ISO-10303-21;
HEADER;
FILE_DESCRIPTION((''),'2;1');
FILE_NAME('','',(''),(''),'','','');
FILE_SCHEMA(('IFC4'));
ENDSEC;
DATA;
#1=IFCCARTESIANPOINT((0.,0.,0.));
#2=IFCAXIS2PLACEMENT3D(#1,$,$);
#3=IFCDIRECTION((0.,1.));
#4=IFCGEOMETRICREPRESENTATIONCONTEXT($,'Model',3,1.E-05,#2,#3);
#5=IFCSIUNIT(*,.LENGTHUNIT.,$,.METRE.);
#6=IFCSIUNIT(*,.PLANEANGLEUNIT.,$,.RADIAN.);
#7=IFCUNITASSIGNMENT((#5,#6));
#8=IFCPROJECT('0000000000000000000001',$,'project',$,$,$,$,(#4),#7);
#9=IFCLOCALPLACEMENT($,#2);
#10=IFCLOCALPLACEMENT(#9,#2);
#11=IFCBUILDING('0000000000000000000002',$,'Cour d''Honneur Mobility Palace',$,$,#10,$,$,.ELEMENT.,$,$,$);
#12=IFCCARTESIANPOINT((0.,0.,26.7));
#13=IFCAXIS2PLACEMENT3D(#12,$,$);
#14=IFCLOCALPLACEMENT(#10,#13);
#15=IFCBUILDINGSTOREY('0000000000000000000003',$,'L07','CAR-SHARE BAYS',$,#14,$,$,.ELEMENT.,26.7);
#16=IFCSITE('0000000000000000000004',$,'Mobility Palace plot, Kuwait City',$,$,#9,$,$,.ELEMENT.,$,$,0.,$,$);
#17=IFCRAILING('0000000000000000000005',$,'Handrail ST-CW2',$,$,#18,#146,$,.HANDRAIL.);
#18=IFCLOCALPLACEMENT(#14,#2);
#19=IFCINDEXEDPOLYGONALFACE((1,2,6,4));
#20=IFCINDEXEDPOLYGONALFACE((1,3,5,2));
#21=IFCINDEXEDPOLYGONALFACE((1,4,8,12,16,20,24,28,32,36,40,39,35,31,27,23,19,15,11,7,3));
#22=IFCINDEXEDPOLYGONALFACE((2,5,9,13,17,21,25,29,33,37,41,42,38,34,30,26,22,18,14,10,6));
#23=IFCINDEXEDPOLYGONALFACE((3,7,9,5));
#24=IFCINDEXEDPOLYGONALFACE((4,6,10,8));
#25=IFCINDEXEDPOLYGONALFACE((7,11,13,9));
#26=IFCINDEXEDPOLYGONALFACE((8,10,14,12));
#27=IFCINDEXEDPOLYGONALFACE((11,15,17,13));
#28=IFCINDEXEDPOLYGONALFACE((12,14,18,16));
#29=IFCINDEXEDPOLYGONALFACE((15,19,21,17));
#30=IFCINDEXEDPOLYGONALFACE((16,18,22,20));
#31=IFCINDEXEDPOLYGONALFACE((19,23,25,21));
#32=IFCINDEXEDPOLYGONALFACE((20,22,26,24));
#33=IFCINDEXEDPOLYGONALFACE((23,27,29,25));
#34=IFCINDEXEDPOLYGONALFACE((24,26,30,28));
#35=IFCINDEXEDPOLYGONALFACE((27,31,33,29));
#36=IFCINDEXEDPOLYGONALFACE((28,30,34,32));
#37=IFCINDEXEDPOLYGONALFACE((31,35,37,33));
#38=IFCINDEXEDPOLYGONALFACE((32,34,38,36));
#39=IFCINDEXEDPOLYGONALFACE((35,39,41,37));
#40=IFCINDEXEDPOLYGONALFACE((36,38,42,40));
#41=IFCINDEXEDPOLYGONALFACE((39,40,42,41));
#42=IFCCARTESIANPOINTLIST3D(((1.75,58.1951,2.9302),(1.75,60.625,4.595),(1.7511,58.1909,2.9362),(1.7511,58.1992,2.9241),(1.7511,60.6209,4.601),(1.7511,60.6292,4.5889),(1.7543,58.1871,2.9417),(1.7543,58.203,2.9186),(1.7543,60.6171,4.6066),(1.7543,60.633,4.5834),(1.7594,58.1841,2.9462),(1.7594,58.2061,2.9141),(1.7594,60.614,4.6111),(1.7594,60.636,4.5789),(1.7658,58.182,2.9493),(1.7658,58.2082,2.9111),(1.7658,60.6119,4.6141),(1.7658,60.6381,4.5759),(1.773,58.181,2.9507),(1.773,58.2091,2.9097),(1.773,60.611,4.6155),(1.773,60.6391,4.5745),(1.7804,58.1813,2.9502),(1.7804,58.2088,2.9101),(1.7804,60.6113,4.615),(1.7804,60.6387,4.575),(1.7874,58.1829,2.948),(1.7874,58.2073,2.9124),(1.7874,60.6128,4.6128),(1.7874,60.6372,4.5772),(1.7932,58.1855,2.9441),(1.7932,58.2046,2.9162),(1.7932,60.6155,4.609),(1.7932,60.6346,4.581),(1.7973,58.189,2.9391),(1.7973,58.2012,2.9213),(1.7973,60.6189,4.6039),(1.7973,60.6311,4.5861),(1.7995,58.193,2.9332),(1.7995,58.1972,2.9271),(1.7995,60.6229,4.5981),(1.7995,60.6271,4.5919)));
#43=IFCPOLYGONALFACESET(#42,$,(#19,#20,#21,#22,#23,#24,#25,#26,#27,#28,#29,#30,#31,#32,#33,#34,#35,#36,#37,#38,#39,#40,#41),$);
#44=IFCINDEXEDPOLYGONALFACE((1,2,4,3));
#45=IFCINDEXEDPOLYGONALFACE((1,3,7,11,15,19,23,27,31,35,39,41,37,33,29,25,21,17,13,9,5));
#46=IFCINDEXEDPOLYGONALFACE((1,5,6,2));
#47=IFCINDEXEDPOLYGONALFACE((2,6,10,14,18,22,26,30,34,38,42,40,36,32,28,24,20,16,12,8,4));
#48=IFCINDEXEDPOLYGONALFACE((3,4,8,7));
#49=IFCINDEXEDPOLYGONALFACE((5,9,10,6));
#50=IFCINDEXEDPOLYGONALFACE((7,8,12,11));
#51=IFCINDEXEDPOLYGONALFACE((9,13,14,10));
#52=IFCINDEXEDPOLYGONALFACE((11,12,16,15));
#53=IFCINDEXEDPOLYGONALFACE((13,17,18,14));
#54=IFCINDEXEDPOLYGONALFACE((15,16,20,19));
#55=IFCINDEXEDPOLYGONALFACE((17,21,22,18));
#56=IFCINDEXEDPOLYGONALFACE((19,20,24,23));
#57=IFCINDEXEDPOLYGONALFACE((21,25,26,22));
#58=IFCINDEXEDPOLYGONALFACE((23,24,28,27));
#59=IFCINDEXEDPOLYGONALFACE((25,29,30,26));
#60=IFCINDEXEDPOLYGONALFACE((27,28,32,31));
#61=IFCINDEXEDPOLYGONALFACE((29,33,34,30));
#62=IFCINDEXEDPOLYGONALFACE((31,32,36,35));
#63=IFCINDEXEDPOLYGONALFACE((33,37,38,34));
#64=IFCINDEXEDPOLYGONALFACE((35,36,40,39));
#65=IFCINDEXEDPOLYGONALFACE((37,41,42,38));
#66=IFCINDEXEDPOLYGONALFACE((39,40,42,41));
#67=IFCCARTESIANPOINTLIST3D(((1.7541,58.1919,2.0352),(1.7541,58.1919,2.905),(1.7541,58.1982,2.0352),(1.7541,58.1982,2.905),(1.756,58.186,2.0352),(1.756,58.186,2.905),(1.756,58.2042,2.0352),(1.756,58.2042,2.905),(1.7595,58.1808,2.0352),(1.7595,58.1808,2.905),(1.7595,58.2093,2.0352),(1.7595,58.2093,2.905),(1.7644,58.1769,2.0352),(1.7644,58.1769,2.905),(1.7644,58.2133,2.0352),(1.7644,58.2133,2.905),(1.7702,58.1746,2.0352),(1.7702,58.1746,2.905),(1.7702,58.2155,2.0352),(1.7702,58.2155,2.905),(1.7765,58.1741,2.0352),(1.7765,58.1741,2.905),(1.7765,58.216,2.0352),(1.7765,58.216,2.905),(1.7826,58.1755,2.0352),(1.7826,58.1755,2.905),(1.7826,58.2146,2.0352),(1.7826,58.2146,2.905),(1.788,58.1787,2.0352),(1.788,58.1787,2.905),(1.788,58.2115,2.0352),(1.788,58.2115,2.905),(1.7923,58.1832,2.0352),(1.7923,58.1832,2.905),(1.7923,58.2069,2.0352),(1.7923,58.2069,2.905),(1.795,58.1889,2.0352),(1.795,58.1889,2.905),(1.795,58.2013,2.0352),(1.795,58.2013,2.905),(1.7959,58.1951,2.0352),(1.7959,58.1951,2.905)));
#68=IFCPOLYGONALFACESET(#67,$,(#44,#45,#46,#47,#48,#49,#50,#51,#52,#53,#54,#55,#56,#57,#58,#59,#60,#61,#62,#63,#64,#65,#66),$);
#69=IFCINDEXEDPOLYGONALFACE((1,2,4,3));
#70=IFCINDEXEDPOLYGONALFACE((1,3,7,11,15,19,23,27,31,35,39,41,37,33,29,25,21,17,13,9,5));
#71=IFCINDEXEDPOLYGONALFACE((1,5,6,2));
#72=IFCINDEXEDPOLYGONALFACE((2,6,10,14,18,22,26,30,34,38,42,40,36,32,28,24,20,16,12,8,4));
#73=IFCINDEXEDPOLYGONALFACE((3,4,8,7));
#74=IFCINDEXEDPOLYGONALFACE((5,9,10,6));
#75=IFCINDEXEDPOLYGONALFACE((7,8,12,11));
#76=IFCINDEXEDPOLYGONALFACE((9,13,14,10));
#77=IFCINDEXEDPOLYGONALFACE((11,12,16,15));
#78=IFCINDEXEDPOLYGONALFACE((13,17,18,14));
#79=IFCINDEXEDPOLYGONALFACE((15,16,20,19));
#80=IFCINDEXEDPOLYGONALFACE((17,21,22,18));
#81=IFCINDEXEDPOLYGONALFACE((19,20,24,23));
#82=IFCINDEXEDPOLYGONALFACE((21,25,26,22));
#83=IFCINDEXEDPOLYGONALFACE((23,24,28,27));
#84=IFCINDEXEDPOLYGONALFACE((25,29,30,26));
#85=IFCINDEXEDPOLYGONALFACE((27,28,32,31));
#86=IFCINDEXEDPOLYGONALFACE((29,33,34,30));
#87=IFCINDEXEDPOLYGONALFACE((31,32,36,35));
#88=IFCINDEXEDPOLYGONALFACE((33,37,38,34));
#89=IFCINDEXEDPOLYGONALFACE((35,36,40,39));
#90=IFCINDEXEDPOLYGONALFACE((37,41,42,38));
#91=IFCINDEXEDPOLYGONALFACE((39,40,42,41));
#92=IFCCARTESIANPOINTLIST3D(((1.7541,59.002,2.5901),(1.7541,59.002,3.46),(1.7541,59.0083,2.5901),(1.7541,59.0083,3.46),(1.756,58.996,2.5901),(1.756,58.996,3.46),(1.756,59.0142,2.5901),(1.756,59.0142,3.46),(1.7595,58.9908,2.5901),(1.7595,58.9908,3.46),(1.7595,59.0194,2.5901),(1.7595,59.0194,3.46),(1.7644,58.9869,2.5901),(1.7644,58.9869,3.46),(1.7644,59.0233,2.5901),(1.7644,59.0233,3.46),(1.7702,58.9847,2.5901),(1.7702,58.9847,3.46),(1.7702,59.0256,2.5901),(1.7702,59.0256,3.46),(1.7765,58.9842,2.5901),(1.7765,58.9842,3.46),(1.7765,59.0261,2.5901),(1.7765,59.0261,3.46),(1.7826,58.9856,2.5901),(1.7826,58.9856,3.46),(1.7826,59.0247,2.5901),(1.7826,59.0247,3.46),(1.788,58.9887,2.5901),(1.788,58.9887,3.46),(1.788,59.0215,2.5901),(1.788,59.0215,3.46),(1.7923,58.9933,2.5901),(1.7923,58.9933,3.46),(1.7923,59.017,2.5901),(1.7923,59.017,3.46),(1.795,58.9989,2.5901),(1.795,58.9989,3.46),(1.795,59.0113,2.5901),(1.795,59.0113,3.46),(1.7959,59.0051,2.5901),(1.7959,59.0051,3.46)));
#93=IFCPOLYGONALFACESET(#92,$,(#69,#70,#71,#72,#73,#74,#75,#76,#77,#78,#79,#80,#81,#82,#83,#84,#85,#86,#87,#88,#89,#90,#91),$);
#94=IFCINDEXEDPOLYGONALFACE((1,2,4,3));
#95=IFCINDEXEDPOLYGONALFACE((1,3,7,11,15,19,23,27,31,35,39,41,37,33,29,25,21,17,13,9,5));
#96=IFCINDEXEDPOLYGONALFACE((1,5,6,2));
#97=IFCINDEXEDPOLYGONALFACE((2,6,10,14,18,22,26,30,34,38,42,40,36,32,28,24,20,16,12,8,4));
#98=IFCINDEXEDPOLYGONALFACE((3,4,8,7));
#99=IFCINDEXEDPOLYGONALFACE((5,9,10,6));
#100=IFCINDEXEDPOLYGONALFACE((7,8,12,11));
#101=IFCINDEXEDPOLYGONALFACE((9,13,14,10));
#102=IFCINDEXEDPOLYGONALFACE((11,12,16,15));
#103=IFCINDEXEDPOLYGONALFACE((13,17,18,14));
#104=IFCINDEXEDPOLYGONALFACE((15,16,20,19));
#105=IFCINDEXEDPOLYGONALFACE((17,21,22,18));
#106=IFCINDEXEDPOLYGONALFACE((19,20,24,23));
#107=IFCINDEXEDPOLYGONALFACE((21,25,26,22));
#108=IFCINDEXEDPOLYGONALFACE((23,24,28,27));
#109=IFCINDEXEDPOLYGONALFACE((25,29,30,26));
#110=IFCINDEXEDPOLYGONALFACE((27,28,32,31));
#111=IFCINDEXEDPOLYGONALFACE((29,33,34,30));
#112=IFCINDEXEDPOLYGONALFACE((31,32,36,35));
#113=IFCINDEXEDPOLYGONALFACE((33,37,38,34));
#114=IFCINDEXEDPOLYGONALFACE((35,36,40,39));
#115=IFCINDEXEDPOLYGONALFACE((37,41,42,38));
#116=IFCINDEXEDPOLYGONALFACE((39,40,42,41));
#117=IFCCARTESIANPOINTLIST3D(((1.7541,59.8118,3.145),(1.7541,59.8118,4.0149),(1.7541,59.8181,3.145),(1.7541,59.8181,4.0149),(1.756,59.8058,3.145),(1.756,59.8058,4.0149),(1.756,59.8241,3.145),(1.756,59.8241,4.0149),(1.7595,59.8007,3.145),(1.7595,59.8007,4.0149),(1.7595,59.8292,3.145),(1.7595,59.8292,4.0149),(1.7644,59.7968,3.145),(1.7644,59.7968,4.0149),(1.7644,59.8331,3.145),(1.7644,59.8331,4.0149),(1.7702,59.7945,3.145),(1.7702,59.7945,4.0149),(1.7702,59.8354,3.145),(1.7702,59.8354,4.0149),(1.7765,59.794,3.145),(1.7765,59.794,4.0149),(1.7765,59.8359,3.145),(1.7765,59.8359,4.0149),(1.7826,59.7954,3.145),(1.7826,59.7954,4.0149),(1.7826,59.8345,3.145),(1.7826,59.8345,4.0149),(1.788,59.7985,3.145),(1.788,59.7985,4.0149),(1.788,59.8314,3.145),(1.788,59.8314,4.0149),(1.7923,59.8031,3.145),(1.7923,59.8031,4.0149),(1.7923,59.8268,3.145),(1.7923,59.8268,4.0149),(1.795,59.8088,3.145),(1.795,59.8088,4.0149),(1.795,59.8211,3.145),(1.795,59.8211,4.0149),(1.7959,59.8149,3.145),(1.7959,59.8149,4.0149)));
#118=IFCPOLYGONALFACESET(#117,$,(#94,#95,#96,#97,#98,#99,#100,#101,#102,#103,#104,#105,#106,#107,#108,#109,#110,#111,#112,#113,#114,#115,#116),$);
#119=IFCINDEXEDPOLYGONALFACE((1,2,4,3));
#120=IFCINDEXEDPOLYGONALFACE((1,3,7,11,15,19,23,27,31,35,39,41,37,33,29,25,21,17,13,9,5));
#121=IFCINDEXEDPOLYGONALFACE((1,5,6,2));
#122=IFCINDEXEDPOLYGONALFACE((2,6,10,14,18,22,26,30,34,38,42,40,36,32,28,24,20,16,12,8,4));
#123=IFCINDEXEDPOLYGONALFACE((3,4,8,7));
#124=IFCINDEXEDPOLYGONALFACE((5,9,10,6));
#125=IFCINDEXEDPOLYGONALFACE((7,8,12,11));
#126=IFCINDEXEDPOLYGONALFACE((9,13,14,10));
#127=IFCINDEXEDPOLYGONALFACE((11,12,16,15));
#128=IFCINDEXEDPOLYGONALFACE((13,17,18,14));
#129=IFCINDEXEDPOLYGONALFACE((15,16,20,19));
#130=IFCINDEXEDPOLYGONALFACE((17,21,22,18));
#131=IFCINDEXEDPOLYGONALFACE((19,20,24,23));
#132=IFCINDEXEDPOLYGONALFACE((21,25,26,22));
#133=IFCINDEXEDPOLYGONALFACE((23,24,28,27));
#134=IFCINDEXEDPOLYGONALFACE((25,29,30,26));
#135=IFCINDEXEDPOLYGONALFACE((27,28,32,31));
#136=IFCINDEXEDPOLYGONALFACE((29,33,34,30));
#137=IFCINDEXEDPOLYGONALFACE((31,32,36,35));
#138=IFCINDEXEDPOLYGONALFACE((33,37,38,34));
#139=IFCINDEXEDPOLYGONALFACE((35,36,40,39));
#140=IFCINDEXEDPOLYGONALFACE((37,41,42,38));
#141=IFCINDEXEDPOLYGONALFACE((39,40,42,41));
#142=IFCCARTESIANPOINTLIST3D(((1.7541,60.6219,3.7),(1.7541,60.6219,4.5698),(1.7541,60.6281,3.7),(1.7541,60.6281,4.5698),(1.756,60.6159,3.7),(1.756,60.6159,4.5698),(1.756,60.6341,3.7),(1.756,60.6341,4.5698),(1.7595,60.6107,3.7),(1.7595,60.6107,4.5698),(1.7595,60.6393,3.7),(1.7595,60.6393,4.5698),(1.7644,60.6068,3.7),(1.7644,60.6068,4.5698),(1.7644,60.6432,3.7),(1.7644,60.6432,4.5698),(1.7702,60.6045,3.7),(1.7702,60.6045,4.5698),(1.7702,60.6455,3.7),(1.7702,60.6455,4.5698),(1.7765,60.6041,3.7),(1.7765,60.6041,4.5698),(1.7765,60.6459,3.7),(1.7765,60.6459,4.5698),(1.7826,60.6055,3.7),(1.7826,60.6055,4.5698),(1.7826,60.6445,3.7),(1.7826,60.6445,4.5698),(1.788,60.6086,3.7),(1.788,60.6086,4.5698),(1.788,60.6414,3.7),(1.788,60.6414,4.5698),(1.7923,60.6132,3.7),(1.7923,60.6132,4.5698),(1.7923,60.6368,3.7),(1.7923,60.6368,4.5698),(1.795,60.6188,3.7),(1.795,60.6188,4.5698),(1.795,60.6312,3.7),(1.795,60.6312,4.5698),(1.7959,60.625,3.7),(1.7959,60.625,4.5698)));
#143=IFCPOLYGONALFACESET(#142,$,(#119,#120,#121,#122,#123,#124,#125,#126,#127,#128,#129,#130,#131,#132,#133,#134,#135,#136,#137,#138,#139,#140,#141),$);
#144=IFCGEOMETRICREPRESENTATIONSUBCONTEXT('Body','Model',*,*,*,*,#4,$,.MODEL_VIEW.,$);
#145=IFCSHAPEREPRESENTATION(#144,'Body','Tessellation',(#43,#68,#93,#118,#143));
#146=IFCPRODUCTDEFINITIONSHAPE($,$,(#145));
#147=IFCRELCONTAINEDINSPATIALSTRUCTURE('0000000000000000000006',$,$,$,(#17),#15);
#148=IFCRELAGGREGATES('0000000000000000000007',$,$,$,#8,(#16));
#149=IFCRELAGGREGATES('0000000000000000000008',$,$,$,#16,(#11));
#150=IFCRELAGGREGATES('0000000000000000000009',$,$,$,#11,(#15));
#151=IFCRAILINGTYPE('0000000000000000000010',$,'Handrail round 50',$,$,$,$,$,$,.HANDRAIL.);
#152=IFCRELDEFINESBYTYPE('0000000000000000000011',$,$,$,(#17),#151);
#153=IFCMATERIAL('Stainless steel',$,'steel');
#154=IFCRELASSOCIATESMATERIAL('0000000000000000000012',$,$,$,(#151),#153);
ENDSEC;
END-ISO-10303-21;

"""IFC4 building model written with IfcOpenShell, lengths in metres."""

from ifc_helpers import new_model, si_unit, direction, frame, origin, origin_2d, place, context, subcontext, project, spatial, circle, extrude, material, type_object, element, save


model = new_model("IFC4")

# Units and contexts
model_context = context("Model", 3, precision=1e-05, world=origin(), true_north=direction((0.0, 1.0)))
body_context = subcontext(model_context, "Body", "Model", "MODEL_VIEW")
ifc_project = project(units=[si_unit("LENGTHUNIT", "METRE"), si_unit("PLANEANGLEUNIT", "RADIAN")], contexts=[model_context])

# Site, building, storey
site_placement = place(None, origin())
site = spatial("IfcSite", under=ifc_project, at=site_placement, Name="Mobility Palace plot, Kuwait City", CompositionType="ELEMENT", RefElevation=0.0)
building_placement = place(site_placement, origin())
building = spatial("IfcBuilding", under=site, at=building_placement, Name="Cour d'Honneur Mobility Palace", CompositionType="ELEMENT")
storey_placement = place(building_placement, frame((0.0, 0.0, 26.7)))
storey = spatial("IfcBuildingStorey", under=building, at=storey_placement, Name="L07", Description="CAR-SHARE BAYS", CompositionType="ELEMENT", Elevation=26.7)

# Railing
ifc_material_1 = material(Name="Stainless steel", Category="steel")
railing_type_1 = type_object("IfcRailingType", Name="Handrail round 50", PredefinedType="HANDRAIL", material=ifc_material_1)
railing_1_placement = place(storey_placement, frame((1.7749, 58.1951, 2.0352)))
element("IfcRailing", 1, at=railing_1_placement, inside=storey, type_object=railing_type_1, Name="Handrail ST-CW2", PredefinedType="HANDRAIL", context=body_context, shape_type="SweptSolid", body=[
    extrude(circle(Radius=0.0249, at=origin_2d()), frame((0.0, 0.0, 0.895), z_axis=(0.0, 0.824957, 0.565195), x_axis=(-1.0, 0.0, 0.0)), (0.0, 0.0, 1.0), 2.9456),
    extrude(circle(Radius=0.021, at=origin_2d()), origin(), (0.0, 0.0, 1.0), 0.8699),
    extrude(circle(Radius=0.021, at=origin_2d()), frame((0.0, 0.8101, 0.5549)), (0.0, 0.0, 1.0), 0.8699),
    extrude(circle(Radius=0.021, at=origin_2d()), frame((0.0, 1.6199, 1.1099)), (0.0, 0.0, 1.0), 0.8699),
    extrude(circle(Radius=0.021, at=origin_2d()), frame((0.0, 2.4299, 1.6648)), (0.0, 0.0, 1.0), 0.8699),
])

save(model, "model.ifc")
